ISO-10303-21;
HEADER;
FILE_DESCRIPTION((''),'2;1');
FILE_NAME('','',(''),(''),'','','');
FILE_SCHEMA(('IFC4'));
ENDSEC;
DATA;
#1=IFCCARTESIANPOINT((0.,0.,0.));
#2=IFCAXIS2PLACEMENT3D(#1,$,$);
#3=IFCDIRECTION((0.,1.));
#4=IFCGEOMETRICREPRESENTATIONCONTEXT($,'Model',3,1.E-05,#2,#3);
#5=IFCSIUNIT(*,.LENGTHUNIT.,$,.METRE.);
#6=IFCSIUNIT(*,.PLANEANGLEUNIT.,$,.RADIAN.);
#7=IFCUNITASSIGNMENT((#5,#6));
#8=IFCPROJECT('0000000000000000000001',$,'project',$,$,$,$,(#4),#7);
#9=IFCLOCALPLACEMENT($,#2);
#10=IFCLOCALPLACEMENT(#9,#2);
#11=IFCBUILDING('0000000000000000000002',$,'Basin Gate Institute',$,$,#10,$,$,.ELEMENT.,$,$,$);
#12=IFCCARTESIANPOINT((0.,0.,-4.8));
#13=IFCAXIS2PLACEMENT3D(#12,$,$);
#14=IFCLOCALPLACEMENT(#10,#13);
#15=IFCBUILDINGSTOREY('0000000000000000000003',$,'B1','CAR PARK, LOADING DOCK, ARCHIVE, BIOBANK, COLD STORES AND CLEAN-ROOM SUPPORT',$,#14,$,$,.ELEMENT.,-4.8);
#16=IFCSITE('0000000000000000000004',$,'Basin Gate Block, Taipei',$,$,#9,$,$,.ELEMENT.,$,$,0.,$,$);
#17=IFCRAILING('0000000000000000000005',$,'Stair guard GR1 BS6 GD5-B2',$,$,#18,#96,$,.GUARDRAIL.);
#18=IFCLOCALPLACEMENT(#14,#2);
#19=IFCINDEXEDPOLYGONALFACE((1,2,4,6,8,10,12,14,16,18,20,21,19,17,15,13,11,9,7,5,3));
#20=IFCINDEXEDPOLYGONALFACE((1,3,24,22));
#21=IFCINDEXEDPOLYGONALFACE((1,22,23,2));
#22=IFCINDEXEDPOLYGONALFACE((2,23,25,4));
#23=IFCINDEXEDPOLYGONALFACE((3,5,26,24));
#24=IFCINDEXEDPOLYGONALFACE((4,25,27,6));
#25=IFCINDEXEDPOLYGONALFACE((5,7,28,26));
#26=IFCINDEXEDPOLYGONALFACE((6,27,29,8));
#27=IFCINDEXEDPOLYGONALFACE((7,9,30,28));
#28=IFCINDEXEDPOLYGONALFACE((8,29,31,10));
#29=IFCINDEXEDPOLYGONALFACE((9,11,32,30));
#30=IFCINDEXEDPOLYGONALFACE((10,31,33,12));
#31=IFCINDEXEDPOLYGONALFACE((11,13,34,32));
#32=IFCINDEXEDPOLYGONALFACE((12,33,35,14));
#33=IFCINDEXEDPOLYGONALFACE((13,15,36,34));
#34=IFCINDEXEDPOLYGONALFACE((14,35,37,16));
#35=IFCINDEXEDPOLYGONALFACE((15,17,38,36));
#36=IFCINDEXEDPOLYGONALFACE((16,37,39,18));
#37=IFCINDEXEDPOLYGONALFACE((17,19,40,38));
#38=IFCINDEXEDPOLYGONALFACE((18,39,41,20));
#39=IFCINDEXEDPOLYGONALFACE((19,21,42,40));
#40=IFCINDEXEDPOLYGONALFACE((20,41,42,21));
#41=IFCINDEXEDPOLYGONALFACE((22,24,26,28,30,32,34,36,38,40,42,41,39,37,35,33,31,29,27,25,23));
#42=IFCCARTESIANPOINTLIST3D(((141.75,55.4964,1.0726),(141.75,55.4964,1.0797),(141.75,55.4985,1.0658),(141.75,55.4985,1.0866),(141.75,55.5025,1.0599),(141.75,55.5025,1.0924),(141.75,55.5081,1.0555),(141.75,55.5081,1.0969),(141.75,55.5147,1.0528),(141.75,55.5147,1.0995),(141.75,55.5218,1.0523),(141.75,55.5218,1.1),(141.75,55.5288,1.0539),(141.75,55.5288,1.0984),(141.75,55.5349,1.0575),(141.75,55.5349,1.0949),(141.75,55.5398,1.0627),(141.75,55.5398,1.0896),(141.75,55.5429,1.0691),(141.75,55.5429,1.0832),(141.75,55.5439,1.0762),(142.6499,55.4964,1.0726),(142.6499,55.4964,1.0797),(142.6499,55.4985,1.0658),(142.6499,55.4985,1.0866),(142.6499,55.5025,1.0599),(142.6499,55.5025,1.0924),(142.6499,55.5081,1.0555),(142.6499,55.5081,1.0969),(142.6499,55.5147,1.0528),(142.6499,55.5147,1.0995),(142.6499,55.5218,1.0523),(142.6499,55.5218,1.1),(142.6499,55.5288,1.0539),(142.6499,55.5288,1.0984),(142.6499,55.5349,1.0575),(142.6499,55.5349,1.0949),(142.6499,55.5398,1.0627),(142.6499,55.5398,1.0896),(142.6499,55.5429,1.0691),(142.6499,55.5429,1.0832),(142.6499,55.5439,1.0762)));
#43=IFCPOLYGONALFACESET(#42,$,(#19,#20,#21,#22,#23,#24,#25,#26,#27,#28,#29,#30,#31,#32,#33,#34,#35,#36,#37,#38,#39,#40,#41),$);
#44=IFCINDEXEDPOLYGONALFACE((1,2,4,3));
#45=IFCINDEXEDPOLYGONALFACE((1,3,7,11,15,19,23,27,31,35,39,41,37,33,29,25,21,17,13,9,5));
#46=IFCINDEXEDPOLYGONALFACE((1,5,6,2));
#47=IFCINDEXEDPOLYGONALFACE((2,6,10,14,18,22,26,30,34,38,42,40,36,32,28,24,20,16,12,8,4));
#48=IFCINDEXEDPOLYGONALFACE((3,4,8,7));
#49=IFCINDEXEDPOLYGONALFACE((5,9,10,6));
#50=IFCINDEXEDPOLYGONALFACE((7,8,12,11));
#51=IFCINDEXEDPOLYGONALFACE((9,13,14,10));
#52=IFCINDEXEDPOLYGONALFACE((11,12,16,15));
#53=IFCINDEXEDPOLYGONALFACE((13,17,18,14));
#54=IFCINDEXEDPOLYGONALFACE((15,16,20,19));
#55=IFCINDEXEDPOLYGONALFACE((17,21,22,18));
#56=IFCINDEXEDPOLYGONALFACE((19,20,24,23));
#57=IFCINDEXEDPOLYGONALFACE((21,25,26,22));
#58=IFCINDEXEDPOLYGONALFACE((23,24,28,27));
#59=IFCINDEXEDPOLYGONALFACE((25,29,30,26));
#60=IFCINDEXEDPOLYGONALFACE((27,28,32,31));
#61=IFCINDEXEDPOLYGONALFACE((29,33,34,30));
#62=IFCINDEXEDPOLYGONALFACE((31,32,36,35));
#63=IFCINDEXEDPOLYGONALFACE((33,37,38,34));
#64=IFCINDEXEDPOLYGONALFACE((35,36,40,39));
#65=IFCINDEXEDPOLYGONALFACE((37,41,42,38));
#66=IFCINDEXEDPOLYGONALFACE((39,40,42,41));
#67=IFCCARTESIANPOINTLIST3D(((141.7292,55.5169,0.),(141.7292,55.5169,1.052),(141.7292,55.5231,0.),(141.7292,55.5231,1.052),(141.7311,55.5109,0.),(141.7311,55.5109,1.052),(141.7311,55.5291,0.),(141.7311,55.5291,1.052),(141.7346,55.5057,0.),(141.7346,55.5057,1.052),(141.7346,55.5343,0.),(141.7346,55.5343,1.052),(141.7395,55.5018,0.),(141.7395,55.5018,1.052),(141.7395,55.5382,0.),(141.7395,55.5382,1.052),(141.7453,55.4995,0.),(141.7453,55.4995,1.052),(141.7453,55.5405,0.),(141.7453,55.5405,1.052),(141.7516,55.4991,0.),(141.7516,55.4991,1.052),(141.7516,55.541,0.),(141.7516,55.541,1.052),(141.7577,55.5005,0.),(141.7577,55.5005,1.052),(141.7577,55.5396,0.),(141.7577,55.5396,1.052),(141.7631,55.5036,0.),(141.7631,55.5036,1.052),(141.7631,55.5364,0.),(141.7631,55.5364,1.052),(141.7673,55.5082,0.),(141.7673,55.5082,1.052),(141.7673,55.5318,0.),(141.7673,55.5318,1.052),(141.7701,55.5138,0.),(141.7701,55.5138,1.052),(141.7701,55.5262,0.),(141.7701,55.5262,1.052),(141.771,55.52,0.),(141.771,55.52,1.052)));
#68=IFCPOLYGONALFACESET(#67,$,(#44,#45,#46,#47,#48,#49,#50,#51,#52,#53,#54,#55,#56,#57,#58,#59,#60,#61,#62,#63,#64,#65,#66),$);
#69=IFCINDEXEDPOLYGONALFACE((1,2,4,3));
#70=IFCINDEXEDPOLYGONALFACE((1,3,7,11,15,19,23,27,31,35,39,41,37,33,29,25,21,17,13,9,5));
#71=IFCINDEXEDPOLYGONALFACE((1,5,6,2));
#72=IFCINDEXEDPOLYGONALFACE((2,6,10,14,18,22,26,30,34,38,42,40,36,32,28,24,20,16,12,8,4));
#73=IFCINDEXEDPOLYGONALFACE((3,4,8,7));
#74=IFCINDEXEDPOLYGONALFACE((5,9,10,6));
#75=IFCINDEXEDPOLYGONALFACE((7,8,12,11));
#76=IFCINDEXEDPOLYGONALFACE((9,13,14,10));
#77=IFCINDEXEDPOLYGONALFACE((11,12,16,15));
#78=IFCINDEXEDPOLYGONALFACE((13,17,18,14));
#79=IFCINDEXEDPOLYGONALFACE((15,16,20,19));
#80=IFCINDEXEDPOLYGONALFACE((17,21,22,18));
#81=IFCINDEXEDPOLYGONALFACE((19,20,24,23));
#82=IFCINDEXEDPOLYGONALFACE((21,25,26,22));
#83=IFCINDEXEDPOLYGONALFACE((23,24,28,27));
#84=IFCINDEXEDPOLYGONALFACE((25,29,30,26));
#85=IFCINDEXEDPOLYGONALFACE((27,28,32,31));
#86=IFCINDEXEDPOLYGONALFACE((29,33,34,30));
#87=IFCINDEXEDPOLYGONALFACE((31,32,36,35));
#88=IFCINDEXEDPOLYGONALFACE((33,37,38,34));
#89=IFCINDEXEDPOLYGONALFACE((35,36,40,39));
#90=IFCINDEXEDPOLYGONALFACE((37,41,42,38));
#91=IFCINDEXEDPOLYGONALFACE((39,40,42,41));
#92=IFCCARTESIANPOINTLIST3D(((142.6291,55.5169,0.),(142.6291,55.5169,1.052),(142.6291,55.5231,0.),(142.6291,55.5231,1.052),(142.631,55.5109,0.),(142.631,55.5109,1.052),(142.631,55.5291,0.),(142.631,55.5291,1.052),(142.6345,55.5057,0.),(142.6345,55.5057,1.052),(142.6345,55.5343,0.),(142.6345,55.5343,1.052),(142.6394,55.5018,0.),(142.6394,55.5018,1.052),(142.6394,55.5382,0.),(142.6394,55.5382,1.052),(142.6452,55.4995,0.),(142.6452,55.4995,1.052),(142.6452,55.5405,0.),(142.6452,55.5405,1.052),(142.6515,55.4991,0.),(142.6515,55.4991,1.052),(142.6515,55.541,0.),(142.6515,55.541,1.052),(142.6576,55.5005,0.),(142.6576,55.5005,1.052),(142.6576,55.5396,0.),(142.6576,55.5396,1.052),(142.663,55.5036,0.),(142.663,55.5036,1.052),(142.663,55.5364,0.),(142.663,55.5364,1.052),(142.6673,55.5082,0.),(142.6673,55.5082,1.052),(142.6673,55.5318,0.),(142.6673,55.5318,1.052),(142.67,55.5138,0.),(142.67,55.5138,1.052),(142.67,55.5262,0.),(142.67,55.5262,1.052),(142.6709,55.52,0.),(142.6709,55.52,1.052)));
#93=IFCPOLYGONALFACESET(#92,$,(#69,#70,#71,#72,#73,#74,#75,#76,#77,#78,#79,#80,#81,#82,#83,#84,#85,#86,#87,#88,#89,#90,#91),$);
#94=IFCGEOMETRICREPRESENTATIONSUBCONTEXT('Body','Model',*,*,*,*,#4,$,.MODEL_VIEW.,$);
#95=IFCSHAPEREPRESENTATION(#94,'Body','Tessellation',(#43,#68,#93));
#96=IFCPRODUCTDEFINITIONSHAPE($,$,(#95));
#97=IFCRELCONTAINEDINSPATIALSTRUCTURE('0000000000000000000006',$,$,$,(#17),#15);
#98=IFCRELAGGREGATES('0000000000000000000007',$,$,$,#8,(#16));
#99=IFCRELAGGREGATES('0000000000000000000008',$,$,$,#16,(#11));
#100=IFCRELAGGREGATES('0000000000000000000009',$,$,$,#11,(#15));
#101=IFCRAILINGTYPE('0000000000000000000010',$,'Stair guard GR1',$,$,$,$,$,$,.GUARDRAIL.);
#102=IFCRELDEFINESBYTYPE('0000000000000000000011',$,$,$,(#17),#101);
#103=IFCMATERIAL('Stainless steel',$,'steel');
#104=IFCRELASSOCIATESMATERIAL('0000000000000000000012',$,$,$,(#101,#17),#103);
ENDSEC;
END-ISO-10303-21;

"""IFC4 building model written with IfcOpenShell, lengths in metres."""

from ifc_helpers import new_model, si_unit, direction, frame, origin, origin_2d, place, context, subcontext, project, spatial, circle, extrude, material, type_object, element, save


model = new_model("IFC4")

# Units and contexts
model_context = context("Model", 3, precision=1e-05, world=origin(), true_north=direction((0.0, 1.0)))
body_context = subcontext(model_context, "Body", "Model", "MODEL_VIEW")
ifc_project = project(units=[si_unit("LENGTHUNIT", "METRE"), si_unit("PLANEANGLEUNIT", "RADIAN")], contexts=[model_context])

# Site, building, storey
site_placement = place(None, origin())
site = spatial("IfcSite", under=ifc_project, at=site_placement, Name="Basin Gate Block, Taipei", CompositionType="ELEMENT", RefElevation=0.0)
building_placement = place(site_placement, origin())
building = spatial("IfcBuilding", under=site, at=building_placement, Name="Basin Gate Institute", CompositionType="ELEMENT")
storey_placement = place(building_placement, frame((0.0, 0.0, -4.8)))
storey = spatial("IfcBuildingStorey", under=building, at=storey_placement, Name="B1", Description="CAR PARK, LOADING DOCK, ARCHIVE, BIOBANK, COLD STORES AND CLEAN-ROOM SUPPORT", CompositionType="ELEMENT", Elevation=-4.8)

# Railing
ifc_material_1 = material(Name="Stainless steel", Category="steel")
railing_type_1 = type_object("IfcRailingType", Name="Stair guard GR1", PredefinedType="GUARDRAIL", material=ifc_material_1)
railing_1_placement = place(storey_placement, frame((141.75, 55.52, 0.0)))
element("IfcRailing", 1, at=railing_1_placement, inside=storey, type_object=railing_type_1, material=ifc_material_1, Name="Stair guard GR1 BS6 GD5-B2", PredefinedType="GUARDRAIL", context=body_context, shape_type="SweptSolid", body=[
    extrude(circle(Radius=0.0239, at=origin_2d()), frame((0.0, 0.0, 1.0762), z_axis=(1.0, 0.0, 0.0), x_axis=(0.0, 1.0, 0.0)), (0.0, 0.0, 1.0), 0.8999),
    extrude(circle(Radius=0.021, at=origin_2d()), origin(), (0.0, 0.0, 1.0), 1.052),
    extrude(circle(Radius=0.021, at=origin_2d()), frame((0.8999, 0.0, 0.0)), (0.0, 0.0, 1.0), 1.052),
])

save(model, "model.ifc")
